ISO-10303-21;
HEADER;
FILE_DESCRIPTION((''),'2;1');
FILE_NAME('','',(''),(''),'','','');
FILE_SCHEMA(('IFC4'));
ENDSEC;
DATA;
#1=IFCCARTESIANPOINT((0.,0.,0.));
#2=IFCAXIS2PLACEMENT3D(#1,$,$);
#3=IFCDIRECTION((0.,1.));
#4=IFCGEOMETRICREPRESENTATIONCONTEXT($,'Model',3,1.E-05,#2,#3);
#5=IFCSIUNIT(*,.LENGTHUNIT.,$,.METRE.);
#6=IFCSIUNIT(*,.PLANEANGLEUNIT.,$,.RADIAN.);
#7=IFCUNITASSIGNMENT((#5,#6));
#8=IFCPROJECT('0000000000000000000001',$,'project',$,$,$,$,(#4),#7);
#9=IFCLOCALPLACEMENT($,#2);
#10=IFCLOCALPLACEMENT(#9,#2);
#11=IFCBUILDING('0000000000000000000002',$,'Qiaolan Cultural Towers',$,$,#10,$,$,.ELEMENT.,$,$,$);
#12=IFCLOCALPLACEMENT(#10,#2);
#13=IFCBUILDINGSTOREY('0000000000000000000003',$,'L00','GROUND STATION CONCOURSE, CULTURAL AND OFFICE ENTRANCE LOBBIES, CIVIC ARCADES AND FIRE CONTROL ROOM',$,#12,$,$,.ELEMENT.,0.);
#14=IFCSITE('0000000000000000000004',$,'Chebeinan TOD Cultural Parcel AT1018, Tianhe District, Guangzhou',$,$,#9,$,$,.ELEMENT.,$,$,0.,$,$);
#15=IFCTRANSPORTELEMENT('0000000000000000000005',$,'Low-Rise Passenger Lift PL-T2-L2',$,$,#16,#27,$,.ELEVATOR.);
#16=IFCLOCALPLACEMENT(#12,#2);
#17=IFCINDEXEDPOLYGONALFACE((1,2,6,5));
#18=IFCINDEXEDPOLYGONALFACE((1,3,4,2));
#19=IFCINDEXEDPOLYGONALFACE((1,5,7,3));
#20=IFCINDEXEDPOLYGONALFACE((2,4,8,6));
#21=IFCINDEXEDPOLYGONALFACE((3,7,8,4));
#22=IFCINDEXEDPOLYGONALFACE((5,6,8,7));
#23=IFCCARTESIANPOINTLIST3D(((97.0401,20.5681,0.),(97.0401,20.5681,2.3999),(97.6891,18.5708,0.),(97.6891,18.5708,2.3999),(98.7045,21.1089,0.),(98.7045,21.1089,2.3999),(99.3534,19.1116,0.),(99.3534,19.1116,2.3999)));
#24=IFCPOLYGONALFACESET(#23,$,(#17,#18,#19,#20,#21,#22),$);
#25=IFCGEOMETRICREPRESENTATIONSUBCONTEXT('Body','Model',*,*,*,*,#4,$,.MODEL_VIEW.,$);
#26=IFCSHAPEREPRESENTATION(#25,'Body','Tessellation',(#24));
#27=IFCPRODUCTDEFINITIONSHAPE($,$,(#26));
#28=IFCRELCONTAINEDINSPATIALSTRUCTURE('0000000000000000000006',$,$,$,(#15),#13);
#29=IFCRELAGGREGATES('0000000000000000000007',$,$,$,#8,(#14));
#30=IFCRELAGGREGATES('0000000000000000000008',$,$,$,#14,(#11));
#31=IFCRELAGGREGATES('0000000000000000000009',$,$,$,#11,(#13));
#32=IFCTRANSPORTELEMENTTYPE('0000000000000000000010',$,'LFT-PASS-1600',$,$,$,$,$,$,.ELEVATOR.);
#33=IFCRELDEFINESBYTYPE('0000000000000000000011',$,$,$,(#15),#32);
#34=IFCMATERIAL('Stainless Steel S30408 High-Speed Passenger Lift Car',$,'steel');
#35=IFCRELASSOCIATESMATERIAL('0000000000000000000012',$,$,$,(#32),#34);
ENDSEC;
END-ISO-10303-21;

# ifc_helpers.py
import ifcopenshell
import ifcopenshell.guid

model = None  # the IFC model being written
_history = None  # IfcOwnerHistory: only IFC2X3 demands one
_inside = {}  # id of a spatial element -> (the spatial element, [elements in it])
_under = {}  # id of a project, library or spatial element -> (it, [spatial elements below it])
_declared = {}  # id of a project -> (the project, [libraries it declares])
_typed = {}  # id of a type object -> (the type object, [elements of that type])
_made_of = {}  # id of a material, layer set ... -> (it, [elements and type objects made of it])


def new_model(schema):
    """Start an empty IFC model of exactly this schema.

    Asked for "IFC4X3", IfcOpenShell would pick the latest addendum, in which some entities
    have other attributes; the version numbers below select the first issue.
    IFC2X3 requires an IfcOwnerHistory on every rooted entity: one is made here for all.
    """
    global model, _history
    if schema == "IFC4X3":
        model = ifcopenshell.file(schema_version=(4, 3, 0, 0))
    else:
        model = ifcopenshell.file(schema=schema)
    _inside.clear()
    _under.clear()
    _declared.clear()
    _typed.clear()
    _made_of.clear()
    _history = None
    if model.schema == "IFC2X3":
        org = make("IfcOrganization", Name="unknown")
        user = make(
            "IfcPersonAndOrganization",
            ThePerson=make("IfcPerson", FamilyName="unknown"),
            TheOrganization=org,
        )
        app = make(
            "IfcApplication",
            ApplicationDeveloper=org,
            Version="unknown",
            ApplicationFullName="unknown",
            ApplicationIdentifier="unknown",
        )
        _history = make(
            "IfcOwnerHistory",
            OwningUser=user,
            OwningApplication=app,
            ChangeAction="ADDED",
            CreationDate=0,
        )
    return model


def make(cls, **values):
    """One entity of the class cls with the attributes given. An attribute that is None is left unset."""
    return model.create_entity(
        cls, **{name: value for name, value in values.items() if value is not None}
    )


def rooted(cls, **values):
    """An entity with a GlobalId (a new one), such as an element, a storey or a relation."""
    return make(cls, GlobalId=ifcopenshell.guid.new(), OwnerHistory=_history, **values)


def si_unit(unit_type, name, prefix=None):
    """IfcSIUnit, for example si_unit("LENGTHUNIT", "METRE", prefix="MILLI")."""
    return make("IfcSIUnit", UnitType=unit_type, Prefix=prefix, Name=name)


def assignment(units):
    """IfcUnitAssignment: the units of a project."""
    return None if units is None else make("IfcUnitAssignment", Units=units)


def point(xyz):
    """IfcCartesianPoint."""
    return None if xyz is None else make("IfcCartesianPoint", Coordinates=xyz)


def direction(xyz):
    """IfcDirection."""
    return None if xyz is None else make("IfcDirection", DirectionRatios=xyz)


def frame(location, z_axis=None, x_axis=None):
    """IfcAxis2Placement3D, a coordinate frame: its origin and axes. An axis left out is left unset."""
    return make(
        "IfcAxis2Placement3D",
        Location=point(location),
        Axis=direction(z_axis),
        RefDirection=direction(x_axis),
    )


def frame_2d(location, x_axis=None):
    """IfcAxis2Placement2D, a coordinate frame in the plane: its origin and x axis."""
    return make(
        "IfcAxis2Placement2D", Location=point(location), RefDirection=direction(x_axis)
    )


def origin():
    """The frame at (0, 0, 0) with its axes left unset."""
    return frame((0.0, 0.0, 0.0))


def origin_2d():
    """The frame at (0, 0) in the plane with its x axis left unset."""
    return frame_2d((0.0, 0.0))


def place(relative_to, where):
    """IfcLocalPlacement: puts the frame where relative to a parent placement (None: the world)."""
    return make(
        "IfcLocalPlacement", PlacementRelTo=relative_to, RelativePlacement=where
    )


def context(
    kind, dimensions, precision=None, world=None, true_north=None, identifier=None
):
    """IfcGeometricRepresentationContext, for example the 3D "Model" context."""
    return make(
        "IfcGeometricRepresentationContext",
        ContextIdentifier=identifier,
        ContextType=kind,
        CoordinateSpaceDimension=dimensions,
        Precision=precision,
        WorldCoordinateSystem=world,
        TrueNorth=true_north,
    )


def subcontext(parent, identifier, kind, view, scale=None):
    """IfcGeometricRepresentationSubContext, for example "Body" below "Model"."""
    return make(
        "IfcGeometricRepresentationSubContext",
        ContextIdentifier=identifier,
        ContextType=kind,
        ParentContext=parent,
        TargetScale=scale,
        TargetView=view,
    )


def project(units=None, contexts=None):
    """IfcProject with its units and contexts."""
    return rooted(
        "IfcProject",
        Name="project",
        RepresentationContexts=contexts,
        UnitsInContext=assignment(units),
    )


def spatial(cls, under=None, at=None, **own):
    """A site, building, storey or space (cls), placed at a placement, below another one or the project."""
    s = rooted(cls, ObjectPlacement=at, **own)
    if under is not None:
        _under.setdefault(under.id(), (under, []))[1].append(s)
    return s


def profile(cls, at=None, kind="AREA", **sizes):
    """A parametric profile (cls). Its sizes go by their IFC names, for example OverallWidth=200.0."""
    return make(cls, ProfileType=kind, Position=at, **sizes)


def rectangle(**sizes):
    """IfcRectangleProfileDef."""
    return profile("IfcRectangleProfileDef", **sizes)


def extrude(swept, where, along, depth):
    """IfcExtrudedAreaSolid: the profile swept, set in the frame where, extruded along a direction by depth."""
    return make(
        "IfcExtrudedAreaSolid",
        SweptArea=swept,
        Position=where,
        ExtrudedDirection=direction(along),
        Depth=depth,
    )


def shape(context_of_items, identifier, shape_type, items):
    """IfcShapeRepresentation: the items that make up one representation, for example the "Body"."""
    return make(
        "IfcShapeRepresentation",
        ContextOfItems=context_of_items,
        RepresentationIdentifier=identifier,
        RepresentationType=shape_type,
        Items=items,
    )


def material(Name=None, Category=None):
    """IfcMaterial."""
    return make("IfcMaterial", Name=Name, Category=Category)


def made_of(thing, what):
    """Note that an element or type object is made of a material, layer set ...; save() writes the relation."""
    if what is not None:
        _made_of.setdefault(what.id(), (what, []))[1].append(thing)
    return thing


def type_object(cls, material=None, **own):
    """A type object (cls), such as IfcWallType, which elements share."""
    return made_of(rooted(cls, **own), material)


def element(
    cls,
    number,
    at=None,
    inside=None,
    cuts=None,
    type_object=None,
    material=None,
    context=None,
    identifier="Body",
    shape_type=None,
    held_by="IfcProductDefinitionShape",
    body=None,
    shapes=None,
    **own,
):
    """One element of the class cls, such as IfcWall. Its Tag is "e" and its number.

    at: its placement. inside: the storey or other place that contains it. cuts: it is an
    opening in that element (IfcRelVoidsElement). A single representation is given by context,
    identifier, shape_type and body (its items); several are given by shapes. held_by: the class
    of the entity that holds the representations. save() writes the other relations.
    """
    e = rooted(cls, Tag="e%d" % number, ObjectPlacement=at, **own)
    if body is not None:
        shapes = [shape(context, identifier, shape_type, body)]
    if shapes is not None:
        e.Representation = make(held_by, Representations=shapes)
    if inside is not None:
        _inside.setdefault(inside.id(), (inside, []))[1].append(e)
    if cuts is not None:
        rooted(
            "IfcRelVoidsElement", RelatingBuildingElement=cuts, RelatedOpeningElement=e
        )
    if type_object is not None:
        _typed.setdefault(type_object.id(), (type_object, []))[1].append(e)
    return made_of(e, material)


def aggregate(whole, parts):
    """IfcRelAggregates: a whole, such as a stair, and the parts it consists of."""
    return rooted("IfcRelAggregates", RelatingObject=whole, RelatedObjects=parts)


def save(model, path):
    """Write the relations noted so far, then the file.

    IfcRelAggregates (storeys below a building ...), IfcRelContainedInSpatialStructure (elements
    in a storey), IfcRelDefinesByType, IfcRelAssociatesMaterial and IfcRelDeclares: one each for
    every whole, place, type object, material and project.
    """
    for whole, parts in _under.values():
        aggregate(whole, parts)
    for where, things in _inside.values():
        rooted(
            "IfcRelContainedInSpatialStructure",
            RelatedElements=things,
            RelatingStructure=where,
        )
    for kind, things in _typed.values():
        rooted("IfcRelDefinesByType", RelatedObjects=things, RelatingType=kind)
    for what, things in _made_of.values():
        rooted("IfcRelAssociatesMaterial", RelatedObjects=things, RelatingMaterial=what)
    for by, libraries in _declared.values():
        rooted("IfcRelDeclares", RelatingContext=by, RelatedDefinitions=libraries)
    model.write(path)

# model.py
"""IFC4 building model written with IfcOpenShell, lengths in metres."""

from ifc_helpers import new_model, si_unit, direction, frame, origin, origin_2d, place, context, subcontext, project, spatial, rectangle, extrude, material, type_object, element, save


model = new_model("IFC4")

# Units and contexts
model_context = context("Model", 3, precision=1e-05, world=origin(), true_north=direction((0.0, 1.0)))
body_context = subcontext(model_context, "Body", "Model", "MODEL_VIEW")
ifc_project = project(units=[si_unit("LENGTHUNIT", "METRE"), si_unit("PLANEANGLEUNIT", "RADIAN")], contexts=[model_context])

# Site, building, storey
site_placement = place(None, origin())
site = spatial("IfcSite", under=ifc_project, at=site_placement, Name="Chebeinan TOD Cultural Parcel AT1018, Tianhe District, Guangzhou", CompositionType="ELEMENT", RefElevation=0.0)
building_placement = place(site_placement, origin())
building = spatial("IfcBuilding", under=site, at=building_placement, Name="Qiaolan Cultural Towers", CompositionType="ELEMENT")
storey_placement = place(building_placement, origin())
storey = spatial("IfcBuildingStorey", under=building, at=storey_placement, Name="L00", Description="GROUND STATION CONCOURSE, CULTURAL AND OFFICE ENTRANCE LOBBIES, CIVIC ARCADES AND FIRE CONTROL ROOM", CompositionType="ELEMENT", Elevation=0.0)

# Transport element
ifc_material_1 = material(Name="Stainless Steel S30408 High-Speed Passenger Lift Car", Category="steel")
transport_element_type = type_object("IfcTransportElementType", Name="LFT-PASS-1600", PredefinedType="ELEVATOR", material=ifc_material_1)
transport_element_placement = place(storey_placement, frame((98.1968, 19.8398, 0.0), z_axis=(0.0, 0.0, 1.0), x_axis=(0.951057, 0.309017, 0.0)))
element("IfcTransportElement", 1, at=transport_element_placement, inside=storey, type_object=transport_element_type, Name="Low-Rise Passenger Lift PL-T2-L2", PredefinedType="ELEVATOR", context=body_context, shape_type="SweptSolid", body=[
    extrude(rectangle(XDim=1.75, YDim=2.1001, at=origin_2d()), origin(), (0.0, 0.0, 1.0), 2.3999),
])

save(model, "model.ifc")
